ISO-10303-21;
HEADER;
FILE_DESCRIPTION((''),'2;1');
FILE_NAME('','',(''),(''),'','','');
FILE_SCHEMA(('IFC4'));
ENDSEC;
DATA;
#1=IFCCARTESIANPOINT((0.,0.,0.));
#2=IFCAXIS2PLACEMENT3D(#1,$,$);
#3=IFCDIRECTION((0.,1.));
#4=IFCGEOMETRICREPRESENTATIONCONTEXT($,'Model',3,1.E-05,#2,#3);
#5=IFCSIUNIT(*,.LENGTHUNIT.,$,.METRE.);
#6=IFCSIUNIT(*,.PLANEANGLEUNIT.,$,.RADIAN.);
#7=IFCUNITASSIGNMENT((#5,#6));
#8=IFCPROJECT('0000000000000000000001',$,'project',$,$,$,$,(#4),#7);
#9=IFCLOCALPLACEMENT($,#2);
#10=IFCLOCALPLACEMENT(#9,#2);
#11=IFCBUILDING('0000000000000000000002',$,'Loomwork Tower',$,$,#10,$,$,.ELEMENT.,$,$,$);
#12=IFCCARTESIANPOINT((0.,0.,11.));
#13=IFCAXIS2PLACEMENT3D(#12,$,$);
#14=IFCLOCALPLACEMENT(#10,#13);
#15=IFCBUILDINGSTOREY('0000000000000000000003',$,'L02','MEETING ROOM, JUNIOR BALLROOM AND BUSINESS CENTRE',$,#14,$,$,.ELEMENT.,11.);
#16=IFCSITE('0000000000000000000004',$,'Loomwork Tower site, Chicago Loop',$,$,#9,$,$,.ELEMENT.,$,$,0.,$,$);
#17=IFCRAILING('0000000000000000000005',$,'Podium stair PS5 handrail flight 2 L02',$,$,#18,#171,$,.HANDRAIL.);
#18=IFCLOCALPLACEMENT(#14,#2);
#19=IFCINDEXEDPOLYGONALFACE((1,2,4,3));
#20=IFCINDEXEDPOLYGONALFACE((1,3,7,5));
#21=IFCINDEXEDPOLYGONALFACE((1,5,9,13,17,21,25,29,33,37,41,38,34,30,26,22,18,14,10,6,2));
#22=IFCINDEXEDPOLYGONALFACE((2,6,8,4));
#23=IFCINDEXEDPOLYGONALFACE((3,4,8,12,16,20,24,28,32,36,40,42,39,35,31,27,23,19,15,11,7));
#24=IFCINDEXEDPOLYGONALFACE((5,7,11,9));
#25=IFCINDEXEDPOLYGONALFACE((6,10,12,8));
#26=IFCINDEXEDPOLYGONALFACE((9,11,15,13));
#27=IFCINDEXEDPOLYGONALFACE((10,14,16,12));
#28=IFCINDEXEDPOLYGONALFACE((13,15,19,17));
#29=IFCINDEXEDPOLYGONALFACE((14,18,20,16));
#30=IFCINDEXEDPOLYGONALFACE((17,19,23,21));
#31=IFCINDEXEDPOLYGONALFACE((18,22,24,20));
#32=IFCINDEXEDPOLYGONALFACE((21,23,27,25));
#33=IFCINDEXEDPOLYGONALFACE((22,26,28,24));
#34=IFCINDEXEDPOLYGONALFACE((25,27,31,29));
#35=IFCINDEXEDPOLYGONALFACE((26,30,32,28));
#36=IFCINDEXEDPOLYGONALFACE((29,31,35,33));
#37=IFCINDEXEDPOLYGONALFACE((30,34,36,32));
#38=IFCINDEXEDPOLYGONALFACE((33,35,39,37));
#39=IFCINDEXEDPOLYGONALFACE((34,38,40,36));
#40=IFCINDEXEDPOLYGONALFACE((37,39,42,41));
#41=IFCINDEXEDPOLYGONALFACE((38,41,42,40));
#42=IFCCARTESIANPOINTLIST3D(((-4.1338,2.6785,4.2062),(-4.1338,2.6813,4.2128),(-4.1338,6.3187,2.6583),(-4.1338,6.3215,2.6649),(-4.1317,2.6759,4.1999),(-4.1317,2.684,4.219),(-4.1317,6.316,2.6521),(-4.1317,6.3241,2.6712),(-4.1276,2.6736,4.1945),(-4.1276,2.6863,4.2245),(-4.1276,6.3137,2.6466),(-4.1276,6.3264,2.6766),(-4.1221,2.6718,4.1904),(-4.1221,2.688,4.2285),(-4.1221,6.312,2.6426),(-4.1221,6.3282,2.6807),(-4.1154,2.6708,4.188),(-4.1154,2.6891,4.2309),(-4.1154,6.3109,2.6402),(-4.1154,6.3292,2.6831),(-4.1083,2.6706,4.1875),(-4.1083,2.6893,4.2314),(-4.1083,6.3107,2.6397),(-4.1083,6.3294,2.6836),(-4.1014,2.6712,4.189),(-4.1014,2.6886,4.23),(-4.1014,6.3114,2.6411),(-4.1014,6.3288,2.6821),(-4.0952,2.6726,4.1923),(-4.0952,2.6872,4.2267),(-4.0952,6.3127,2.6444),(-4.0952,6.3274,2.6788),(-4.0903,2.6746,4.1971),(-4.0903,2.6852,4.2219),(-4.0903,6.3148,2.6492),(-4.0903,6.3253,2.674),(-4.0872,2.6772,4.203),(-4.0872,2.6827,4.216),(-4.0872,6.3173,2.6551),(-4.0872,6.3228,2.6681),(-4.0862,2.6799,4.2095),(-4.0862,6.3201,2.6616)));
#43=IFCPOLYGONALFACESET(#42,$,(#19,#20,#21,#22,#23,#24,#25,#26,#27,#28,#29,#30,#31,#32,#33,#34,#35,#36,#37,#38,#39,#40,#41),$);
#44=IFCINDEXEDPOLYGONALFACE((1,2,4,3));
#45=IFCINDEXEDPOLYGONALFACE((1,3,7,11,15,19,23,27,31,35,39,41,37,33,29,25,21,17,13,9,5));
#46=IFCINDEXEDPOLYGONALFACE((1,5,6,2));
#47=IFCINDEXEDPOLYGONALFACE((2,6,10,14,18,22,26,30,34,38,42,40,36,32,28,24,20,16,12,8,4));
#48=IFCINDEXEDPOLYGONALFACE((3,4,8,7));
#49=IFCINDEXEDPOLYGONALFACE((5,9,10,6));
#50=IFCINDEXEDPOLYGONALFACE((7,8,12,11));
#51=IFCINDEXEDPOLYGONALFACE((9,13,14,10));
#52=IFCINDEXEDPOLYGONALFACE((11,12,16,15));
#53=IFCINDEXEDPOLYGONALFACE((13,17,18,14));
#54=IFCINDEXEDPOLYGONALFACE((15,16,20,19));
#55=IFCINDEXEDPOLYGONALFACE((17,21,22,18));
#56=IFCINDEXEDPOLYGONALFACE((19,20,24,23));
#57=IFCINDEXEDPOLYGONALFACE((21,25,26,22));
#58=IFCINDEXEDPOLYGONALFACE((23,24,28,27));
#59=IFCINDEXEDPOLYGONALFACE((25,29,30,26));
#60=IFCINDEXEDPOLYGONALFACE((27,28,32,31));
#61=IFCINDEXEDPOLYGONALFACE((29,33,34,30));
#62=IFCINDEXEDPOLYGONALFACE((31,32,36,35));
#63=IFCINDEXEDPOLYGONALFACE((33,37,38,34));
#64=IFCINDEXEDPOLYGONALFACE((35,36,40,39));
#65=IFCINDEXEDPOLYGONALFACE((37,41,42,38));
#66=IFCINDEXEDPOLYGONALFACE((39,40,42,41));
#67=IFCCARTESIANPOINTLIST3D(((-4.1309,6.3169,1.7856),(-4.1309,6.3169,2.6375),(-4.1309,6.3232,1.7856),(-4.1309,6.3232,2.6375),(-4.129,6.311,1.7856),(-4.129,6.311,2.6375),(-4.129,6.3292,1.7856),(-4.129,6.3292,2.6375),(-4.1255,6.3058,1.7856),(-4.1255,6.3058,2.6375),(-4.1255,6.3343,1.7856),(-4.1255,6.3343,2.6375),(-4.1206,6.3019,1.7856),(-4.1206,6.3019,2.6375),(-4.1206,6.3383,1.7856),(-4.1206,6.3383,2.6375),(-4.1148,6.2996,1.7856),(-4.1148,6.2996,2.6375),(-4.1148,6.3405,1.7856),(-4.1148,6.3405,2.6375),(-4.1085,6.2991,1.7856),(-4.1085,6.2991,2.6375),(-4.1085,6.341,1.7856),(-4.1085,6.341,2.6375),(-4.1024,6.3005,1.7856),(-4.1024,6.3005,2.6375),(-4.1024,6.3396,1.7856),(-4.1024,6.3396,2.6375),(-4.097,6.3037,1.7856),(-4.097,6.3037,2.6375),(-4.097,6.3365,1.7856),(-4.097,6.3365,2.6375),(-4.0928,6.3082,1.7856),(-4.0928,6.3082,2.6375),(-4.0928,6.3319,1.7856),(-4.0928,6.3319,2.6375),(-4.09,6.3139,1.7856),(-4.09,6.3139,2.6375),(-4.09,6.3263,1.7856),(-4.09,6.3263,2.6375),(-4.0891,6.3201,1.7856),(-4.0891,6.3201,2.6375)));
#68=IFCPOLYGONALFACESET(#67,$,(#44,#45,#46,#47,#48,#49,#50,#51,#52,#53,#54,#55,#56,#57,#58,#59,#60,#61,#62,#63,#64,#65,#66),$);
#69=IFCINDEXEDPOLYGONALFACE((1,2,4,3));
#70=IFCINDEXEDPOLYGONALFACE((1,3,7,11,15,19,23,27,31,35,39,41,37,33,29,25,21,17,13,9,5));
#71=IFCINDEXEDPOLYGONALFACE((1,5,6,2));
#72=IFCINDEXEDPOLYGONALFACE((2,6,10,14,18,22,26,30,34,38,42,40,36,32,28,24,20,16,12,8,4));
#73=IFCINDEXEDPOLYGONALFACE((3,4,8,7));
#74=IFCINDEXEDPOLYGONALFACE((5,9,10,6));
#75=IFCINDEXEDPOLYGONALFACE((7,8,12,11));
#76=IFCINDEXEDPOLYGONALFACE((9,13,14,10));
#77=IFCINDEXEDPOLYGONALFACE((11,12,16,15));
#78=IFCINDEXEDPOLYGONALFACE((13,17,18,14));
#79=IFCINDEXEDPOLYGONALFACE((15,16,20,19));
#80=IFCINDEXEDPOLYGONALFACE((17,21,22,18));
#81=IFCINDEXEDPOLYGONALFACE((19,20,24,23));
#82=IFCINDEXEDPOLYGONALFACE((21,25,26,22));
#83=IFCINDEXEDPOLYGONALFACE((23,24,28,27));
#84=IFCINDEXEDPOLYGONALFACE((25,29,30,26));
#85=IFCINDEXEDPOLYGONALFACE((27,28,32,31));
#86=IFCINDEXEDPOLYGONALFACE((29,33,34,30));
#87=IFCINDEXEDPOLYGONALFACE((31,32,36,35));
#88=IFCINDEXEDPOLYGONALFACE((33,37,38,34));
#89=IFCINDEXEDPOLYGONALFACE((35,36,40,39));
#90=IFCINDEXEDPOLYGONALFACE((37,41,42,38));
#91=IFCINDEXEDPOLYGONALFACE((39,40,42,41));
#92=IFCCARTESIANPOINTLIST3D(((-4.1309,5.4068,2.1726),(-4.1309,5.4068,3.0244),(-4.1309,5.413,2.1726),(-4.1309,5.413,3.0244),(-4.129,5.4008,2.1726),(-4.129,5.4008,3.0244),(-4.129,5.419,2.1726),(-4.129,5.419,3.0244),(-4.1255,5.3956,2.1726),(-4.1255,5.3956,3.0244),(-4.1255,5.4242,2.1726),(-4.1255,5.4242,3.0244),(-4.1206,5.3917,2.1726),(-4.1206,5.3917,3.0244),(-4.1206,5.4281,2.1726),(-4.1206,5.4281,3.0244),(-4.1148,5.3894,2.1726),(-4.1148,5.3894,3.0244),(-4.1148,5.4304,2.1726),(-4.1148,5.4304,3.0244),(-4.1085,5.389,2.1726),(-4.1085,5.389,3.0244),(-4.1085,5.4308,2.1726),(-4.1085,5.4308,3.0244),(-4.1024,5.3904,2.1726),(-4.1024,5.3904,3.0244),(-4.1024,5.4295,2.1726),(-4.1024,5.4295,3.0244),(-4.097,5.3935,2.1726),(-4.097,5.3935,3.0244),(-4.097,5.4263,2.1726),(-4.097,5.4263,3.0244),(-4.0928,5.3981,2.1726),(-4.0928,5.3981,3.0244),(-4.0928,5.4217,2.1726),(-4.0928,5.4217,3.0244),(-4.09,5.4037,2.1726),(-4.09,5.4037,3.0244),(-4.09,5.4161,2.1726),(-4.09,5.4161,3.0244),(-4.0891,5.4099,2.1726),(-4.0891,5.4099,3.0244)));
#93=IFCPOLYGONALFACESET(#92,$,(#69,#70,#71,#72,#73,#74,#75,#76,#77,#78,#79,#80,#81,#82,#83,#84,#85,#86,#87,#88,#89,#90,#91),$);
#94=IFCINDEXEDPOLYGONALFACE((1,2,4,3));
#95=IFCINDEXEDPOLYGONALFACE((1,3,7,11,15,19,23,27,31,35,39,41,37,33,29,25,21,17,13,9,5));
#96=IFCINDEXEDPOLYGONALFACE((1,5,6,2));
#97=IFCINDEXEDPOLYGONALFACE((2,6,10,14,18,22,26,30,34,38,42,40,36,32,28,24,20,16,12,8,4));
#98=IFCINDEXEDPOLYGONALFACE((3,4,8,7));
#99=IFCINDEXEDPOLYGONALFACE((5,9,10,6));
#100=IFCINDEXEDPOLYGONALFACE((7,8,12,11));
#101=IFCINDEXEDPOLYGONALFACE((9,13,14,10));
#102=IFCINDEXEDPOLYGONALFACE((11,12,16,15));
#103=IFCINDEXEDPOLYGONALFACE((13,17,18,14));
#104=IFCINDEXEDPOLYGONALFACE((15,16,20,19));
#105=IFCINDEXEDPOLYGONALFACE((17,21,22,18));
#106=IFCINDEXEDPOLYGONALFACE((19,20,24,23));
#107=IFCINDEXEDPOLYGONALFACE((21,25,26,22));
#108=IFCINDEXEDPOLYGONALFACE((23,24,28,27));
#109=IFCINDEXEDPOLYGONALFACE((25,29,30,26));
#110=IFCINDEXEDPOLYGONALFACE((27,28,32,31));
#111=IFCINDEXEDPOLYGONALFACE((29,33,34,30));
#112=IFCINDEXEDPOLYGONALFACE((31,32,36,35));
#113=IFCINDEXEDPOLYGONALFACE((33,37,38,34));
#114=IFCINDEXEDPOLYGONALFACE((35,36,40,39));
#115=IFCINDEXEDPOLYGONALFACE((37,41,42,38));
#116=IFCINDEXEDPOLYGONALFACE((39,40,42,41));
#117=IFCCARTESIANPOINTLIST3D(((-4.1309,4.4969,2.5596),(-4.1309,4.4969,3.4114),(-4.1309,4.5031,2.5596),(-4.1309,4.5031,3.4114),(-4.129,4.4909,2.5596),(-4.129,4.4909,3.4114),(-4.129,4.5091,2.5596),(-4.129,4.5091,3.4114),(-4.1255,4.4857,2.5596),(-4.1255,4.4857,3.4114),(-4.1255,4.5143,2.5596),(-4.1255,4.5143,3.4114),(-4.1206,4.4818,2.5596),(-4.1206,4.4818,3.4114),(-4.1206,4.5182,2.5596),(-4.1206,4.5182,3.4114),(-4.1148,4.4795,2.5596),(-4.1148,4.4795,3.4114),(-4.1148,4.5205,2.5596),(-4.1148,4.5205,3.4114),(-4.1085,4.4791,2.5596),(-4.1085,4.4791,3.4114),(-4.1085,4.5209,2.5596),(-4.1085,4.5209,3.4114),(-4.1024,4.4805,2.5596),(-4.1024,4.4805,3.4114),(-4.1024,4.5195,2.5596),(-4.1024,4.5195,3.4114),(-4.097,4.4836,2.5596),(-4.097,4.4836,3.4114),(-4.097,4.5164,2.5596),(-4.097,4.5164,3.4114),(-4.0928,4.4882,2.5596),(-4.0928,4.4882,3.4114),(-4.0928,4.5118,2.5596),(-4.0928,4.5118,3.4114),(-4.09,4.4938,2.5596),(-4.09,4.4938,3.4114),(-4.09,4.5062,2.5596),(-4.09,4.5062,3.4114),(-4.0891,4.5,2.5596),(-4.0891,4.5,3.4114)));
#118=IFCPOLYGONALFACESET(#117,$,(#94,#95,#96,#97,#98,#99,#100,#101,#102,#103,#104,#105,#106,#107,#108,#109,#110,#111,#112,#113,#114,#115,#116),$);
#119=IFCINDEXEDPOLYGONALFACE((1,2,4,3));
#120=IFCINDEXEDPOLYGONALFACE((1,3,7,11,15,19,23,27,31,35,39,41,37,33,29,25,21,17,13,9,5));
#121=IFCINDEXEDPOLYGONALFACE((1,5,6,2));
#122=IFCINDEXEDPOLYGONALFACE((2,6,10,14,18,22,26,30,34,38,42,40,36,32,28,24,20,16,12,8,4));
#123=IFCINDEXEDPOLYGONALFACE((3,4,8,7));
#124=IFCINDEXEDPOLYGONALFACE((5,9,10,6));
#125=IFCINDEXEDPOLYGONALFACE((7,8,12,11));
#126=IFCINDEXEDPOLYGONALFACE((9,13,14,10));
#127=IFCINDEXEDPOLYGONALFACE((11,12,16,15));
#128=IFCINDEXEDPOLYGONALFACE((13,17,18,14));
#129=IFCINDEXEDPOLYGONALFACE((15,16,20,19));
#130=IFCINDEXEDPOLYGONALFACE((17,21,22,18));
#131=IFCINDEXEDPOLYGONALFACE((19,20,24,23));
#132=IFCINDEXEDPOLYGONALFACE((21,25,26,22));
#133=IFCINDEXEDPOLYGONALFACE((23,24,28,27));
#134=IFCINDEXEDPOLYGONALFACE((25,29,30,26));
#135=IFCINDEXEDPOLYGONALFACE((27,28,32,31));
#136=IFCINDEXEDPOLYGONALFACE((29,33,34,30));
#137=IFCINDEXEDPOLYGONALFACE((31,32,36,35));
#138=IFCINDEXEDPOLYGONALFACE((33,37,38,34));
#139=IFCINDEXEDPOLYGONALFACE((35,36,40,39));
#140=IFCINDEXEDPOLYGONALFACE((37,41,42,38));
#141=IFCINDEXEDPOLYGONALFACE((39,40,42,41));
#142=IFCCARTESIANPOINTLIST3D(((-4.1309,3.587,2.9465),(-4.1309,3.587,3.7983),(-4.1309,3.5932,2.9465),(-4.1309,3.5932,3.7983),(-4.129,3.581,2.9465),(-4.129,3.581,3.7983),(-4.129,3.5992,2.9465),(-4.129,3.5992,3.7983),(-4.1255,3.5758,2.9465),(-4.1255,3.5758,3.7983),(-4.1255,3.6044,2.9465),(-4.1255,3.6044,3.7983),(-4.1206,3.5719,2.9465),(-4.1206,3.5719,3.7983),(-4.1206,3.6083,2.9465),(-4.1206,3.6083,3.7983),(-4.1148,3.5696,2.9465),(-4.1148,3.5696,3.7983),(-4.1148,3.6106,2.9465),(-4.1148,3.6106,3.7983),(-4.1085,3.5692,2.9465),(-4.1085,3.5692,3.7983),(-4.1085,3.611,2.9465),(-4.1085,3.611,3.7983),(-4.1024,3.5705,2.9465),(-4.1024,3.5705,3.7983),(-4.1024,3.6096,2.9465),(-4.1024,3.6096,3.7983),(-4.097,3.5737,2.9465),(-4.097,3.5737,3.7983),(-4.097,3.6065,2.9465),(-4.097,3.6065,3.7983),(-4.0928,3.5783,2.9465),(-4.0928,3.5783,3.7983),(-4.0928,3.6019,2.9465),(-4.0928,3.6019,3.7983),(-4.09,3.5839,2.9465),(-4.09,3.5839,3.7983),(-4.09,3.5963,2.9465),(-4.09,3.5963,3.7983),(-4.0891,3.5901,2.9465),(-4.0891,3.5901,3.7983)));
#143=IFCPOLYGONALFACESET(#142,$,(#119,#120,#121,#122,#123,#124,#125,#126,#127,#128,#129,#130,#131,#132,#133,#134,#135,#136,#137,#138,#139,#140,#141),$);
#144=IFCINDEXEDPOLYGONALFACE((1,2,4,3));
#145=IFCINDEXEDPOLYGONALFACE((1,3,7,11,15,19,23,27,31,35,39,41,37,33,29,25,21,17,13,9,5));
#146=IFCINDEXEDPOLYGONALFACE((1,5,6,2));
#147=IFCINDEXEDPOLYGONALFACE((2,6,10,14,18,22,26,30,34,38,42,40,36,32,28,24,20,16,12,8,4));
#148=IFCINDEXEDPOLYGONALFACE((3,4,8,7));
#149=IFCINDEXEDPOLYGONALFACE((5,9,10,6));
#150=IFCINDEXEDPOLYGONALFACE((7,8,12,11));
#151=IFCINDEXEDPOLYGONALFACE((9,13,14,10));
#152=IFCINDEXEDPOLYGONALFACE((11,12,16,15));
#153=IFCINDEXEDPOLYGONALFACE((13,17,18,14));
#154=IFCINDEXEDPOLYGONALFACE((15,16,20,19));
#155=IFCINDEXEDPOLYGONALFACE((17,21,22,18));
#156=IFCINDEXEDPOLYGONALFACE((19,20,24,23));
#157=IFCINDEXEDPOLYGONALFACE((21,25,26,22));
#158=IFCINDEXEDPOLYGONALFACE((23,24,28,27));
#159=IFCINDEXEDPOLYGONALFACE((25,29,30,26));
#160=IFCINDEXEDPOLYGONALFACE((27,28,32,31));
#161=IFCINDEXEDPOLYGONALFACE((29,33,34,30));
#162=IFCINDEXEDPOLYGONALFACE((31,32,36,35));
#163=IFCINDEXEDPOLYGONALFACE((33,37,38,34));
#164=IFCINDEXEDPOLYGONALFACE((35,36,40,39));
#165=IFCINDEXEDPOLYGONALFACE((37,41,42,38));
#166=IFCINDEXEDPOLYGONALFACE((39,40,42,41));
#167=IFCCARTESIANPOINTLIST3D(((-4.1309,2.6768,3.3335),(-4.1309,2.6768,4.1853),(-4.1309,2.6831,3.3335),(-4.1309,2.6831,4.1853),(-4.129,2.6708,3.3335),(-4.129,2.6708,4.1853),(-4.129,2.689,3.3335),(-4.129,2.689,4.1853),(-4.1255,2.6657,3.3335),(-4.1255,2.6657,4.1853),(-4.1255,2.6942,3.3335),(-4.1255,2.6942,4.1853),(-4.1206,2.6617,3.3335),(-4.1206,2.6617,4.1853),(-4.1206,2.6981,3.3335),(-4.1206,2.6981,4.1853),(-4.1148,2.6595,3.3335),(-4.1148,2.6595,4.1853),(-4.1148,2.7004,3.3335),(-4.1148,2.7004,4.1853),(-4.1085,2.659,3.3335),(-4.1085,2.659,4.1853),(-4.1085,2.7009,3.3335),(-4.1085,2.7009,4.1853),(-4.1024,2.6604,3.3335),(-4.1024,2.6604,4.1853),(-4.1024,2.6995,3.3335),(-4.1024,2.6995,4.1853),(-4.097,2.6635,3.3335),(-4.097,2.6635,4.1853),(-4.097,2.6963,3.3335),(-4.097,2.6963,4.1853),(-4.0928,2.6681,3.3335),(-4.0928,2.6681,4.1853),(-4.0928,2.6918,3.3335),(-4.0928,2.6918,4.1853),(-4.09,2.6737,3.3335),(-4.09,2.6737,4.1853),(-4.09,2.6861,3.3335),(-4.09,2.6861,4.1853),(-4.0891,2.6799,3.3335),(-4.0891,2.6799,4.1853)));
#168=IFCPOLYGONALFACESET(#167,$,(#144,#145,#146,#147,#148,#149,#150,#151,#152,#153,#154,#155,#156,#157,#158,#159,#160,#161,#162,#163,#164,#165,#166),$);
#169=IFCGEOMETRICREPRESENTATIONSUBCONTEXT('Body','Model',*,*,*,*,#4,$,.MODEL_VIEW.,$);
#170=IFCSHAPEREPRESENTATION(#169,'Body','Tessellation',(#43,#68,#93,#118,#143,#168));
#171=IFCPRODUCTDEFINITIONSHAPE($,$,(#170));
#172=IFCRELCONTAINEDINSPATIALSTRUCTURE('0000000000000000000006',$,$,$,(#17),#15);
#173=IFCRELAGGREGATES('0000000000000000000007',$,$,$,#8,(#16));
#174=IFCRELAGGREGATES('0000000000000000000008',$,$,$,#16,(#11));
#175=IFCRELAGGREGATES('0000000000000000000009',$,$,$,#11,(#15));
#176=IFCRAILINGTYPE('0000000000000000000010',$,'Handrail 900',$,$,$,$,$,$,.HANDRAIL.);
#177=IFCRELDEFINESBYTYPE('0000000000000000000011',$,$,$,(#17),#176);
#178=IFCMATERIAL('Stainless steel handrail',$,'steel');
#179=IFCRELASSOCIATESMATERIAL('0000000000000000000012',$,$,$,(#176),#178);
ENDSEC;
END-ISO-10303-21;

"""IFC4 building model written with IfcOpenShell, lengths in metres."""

from ifc_helpers import new_model, si_unit, direction, frame, origin, origin_2d, place, context, subcontext, project, spatial, circle, extrude, material, type_object, element, save


model = new_model("IFC4")

# Units and contexts
model_context = context("Model", 3, precision=1e-05, world=origin(), true_north=direction((0.0, 1.0)))
body_context = subcontext(model_context, "Body", "Model", "MODEL_VIEW")
ifc_project = project(units=[si_unit("LENGTHUNIT", "METRE"), si_unit("PLANEANGLEUNIT", "RADIAN")], contexts=[model_context])

# Site, building, storey
site_placement = place(None, origin())
site = spatial("IfcSite", under=ifc_project, at=site_placement, Name="Loomwork Tower site, Chicago Loop", CompositionType="ELEMENT", RefElevation=0.0)
building_placement = place(site_placement, origin())
building = spatial("IfcBuilding", under=site, at=building_placement, Name="Loomwork Tower", CompositionType="ELEMENT")
storey_placement = place(building_placement, frame((0.0, 0.0, 11.0)))
storey = spatial("IfcBuildingStorey", under=building, at=storey_placement, Name="L02", Description="MEETING ROOM, JUNIOR BALLROOM AND BUSINESS CENTRE", CompositionType="ELEMENT", Elevation=11.0)

# Railing
ifc_material_1 = material(Name="Stainless steel handrail", Category="steel")
railing_type = type_object("IfcRailingType", Name="Handrail 900", PredefinedType="HANDRAIL", material=ifc_material_1)
railing_1_placement = place(storey_placement, frame((-4.1101, 6.3201, 1.7856)))
element("IfcRailing", 1, at=railing_1_placement, inside=storey, type_object=railing_type, Name="Podium stair PS5 handrail flight 2 L02", PredefinedType="HANDRAIL", context=body_context, shape_type="SweptSolid", body=[
    extrude(circle(Radius=0.0239, at=origin_2d()), frame((0.0, 0.0, 0.876), z_axis=(0.0, -0.920259, 0.391311), x_axis=(1.0, 0.0, 0.0)), (0.0, 0.0, 1.0), 3.9556),
    extrude(circle(Radius=0.021, at=origin_2d()), origin(), (0.0, 0.0, 1.0), 0.8518),
    extrude(circle(Radius=0.021, at=origin_2d()), frame((0.0, -0.9102, 0.387)), (0.0, 0.0, 1.0), 0.8518),
    extrude(circle(Radius=0.021, at=origin_2d()), frame((0.0, -1.8201, 0.7739)), (0.0, 0.0, 1.0), 0.8518),
    extrude(circle(Radius=0.021, at=origin_2d()), frame((0.0, -2.73, 1.1609)), (0.0, 0.0, 1.0), 0.8518),
    extrude(circle(Radius=0.021, at=origin_2d()), frame((0.0, -3.6401, 1.5479)), (0.0, 0.0, 1.0), 0.8518),
])

save(model, "model.ifc")
